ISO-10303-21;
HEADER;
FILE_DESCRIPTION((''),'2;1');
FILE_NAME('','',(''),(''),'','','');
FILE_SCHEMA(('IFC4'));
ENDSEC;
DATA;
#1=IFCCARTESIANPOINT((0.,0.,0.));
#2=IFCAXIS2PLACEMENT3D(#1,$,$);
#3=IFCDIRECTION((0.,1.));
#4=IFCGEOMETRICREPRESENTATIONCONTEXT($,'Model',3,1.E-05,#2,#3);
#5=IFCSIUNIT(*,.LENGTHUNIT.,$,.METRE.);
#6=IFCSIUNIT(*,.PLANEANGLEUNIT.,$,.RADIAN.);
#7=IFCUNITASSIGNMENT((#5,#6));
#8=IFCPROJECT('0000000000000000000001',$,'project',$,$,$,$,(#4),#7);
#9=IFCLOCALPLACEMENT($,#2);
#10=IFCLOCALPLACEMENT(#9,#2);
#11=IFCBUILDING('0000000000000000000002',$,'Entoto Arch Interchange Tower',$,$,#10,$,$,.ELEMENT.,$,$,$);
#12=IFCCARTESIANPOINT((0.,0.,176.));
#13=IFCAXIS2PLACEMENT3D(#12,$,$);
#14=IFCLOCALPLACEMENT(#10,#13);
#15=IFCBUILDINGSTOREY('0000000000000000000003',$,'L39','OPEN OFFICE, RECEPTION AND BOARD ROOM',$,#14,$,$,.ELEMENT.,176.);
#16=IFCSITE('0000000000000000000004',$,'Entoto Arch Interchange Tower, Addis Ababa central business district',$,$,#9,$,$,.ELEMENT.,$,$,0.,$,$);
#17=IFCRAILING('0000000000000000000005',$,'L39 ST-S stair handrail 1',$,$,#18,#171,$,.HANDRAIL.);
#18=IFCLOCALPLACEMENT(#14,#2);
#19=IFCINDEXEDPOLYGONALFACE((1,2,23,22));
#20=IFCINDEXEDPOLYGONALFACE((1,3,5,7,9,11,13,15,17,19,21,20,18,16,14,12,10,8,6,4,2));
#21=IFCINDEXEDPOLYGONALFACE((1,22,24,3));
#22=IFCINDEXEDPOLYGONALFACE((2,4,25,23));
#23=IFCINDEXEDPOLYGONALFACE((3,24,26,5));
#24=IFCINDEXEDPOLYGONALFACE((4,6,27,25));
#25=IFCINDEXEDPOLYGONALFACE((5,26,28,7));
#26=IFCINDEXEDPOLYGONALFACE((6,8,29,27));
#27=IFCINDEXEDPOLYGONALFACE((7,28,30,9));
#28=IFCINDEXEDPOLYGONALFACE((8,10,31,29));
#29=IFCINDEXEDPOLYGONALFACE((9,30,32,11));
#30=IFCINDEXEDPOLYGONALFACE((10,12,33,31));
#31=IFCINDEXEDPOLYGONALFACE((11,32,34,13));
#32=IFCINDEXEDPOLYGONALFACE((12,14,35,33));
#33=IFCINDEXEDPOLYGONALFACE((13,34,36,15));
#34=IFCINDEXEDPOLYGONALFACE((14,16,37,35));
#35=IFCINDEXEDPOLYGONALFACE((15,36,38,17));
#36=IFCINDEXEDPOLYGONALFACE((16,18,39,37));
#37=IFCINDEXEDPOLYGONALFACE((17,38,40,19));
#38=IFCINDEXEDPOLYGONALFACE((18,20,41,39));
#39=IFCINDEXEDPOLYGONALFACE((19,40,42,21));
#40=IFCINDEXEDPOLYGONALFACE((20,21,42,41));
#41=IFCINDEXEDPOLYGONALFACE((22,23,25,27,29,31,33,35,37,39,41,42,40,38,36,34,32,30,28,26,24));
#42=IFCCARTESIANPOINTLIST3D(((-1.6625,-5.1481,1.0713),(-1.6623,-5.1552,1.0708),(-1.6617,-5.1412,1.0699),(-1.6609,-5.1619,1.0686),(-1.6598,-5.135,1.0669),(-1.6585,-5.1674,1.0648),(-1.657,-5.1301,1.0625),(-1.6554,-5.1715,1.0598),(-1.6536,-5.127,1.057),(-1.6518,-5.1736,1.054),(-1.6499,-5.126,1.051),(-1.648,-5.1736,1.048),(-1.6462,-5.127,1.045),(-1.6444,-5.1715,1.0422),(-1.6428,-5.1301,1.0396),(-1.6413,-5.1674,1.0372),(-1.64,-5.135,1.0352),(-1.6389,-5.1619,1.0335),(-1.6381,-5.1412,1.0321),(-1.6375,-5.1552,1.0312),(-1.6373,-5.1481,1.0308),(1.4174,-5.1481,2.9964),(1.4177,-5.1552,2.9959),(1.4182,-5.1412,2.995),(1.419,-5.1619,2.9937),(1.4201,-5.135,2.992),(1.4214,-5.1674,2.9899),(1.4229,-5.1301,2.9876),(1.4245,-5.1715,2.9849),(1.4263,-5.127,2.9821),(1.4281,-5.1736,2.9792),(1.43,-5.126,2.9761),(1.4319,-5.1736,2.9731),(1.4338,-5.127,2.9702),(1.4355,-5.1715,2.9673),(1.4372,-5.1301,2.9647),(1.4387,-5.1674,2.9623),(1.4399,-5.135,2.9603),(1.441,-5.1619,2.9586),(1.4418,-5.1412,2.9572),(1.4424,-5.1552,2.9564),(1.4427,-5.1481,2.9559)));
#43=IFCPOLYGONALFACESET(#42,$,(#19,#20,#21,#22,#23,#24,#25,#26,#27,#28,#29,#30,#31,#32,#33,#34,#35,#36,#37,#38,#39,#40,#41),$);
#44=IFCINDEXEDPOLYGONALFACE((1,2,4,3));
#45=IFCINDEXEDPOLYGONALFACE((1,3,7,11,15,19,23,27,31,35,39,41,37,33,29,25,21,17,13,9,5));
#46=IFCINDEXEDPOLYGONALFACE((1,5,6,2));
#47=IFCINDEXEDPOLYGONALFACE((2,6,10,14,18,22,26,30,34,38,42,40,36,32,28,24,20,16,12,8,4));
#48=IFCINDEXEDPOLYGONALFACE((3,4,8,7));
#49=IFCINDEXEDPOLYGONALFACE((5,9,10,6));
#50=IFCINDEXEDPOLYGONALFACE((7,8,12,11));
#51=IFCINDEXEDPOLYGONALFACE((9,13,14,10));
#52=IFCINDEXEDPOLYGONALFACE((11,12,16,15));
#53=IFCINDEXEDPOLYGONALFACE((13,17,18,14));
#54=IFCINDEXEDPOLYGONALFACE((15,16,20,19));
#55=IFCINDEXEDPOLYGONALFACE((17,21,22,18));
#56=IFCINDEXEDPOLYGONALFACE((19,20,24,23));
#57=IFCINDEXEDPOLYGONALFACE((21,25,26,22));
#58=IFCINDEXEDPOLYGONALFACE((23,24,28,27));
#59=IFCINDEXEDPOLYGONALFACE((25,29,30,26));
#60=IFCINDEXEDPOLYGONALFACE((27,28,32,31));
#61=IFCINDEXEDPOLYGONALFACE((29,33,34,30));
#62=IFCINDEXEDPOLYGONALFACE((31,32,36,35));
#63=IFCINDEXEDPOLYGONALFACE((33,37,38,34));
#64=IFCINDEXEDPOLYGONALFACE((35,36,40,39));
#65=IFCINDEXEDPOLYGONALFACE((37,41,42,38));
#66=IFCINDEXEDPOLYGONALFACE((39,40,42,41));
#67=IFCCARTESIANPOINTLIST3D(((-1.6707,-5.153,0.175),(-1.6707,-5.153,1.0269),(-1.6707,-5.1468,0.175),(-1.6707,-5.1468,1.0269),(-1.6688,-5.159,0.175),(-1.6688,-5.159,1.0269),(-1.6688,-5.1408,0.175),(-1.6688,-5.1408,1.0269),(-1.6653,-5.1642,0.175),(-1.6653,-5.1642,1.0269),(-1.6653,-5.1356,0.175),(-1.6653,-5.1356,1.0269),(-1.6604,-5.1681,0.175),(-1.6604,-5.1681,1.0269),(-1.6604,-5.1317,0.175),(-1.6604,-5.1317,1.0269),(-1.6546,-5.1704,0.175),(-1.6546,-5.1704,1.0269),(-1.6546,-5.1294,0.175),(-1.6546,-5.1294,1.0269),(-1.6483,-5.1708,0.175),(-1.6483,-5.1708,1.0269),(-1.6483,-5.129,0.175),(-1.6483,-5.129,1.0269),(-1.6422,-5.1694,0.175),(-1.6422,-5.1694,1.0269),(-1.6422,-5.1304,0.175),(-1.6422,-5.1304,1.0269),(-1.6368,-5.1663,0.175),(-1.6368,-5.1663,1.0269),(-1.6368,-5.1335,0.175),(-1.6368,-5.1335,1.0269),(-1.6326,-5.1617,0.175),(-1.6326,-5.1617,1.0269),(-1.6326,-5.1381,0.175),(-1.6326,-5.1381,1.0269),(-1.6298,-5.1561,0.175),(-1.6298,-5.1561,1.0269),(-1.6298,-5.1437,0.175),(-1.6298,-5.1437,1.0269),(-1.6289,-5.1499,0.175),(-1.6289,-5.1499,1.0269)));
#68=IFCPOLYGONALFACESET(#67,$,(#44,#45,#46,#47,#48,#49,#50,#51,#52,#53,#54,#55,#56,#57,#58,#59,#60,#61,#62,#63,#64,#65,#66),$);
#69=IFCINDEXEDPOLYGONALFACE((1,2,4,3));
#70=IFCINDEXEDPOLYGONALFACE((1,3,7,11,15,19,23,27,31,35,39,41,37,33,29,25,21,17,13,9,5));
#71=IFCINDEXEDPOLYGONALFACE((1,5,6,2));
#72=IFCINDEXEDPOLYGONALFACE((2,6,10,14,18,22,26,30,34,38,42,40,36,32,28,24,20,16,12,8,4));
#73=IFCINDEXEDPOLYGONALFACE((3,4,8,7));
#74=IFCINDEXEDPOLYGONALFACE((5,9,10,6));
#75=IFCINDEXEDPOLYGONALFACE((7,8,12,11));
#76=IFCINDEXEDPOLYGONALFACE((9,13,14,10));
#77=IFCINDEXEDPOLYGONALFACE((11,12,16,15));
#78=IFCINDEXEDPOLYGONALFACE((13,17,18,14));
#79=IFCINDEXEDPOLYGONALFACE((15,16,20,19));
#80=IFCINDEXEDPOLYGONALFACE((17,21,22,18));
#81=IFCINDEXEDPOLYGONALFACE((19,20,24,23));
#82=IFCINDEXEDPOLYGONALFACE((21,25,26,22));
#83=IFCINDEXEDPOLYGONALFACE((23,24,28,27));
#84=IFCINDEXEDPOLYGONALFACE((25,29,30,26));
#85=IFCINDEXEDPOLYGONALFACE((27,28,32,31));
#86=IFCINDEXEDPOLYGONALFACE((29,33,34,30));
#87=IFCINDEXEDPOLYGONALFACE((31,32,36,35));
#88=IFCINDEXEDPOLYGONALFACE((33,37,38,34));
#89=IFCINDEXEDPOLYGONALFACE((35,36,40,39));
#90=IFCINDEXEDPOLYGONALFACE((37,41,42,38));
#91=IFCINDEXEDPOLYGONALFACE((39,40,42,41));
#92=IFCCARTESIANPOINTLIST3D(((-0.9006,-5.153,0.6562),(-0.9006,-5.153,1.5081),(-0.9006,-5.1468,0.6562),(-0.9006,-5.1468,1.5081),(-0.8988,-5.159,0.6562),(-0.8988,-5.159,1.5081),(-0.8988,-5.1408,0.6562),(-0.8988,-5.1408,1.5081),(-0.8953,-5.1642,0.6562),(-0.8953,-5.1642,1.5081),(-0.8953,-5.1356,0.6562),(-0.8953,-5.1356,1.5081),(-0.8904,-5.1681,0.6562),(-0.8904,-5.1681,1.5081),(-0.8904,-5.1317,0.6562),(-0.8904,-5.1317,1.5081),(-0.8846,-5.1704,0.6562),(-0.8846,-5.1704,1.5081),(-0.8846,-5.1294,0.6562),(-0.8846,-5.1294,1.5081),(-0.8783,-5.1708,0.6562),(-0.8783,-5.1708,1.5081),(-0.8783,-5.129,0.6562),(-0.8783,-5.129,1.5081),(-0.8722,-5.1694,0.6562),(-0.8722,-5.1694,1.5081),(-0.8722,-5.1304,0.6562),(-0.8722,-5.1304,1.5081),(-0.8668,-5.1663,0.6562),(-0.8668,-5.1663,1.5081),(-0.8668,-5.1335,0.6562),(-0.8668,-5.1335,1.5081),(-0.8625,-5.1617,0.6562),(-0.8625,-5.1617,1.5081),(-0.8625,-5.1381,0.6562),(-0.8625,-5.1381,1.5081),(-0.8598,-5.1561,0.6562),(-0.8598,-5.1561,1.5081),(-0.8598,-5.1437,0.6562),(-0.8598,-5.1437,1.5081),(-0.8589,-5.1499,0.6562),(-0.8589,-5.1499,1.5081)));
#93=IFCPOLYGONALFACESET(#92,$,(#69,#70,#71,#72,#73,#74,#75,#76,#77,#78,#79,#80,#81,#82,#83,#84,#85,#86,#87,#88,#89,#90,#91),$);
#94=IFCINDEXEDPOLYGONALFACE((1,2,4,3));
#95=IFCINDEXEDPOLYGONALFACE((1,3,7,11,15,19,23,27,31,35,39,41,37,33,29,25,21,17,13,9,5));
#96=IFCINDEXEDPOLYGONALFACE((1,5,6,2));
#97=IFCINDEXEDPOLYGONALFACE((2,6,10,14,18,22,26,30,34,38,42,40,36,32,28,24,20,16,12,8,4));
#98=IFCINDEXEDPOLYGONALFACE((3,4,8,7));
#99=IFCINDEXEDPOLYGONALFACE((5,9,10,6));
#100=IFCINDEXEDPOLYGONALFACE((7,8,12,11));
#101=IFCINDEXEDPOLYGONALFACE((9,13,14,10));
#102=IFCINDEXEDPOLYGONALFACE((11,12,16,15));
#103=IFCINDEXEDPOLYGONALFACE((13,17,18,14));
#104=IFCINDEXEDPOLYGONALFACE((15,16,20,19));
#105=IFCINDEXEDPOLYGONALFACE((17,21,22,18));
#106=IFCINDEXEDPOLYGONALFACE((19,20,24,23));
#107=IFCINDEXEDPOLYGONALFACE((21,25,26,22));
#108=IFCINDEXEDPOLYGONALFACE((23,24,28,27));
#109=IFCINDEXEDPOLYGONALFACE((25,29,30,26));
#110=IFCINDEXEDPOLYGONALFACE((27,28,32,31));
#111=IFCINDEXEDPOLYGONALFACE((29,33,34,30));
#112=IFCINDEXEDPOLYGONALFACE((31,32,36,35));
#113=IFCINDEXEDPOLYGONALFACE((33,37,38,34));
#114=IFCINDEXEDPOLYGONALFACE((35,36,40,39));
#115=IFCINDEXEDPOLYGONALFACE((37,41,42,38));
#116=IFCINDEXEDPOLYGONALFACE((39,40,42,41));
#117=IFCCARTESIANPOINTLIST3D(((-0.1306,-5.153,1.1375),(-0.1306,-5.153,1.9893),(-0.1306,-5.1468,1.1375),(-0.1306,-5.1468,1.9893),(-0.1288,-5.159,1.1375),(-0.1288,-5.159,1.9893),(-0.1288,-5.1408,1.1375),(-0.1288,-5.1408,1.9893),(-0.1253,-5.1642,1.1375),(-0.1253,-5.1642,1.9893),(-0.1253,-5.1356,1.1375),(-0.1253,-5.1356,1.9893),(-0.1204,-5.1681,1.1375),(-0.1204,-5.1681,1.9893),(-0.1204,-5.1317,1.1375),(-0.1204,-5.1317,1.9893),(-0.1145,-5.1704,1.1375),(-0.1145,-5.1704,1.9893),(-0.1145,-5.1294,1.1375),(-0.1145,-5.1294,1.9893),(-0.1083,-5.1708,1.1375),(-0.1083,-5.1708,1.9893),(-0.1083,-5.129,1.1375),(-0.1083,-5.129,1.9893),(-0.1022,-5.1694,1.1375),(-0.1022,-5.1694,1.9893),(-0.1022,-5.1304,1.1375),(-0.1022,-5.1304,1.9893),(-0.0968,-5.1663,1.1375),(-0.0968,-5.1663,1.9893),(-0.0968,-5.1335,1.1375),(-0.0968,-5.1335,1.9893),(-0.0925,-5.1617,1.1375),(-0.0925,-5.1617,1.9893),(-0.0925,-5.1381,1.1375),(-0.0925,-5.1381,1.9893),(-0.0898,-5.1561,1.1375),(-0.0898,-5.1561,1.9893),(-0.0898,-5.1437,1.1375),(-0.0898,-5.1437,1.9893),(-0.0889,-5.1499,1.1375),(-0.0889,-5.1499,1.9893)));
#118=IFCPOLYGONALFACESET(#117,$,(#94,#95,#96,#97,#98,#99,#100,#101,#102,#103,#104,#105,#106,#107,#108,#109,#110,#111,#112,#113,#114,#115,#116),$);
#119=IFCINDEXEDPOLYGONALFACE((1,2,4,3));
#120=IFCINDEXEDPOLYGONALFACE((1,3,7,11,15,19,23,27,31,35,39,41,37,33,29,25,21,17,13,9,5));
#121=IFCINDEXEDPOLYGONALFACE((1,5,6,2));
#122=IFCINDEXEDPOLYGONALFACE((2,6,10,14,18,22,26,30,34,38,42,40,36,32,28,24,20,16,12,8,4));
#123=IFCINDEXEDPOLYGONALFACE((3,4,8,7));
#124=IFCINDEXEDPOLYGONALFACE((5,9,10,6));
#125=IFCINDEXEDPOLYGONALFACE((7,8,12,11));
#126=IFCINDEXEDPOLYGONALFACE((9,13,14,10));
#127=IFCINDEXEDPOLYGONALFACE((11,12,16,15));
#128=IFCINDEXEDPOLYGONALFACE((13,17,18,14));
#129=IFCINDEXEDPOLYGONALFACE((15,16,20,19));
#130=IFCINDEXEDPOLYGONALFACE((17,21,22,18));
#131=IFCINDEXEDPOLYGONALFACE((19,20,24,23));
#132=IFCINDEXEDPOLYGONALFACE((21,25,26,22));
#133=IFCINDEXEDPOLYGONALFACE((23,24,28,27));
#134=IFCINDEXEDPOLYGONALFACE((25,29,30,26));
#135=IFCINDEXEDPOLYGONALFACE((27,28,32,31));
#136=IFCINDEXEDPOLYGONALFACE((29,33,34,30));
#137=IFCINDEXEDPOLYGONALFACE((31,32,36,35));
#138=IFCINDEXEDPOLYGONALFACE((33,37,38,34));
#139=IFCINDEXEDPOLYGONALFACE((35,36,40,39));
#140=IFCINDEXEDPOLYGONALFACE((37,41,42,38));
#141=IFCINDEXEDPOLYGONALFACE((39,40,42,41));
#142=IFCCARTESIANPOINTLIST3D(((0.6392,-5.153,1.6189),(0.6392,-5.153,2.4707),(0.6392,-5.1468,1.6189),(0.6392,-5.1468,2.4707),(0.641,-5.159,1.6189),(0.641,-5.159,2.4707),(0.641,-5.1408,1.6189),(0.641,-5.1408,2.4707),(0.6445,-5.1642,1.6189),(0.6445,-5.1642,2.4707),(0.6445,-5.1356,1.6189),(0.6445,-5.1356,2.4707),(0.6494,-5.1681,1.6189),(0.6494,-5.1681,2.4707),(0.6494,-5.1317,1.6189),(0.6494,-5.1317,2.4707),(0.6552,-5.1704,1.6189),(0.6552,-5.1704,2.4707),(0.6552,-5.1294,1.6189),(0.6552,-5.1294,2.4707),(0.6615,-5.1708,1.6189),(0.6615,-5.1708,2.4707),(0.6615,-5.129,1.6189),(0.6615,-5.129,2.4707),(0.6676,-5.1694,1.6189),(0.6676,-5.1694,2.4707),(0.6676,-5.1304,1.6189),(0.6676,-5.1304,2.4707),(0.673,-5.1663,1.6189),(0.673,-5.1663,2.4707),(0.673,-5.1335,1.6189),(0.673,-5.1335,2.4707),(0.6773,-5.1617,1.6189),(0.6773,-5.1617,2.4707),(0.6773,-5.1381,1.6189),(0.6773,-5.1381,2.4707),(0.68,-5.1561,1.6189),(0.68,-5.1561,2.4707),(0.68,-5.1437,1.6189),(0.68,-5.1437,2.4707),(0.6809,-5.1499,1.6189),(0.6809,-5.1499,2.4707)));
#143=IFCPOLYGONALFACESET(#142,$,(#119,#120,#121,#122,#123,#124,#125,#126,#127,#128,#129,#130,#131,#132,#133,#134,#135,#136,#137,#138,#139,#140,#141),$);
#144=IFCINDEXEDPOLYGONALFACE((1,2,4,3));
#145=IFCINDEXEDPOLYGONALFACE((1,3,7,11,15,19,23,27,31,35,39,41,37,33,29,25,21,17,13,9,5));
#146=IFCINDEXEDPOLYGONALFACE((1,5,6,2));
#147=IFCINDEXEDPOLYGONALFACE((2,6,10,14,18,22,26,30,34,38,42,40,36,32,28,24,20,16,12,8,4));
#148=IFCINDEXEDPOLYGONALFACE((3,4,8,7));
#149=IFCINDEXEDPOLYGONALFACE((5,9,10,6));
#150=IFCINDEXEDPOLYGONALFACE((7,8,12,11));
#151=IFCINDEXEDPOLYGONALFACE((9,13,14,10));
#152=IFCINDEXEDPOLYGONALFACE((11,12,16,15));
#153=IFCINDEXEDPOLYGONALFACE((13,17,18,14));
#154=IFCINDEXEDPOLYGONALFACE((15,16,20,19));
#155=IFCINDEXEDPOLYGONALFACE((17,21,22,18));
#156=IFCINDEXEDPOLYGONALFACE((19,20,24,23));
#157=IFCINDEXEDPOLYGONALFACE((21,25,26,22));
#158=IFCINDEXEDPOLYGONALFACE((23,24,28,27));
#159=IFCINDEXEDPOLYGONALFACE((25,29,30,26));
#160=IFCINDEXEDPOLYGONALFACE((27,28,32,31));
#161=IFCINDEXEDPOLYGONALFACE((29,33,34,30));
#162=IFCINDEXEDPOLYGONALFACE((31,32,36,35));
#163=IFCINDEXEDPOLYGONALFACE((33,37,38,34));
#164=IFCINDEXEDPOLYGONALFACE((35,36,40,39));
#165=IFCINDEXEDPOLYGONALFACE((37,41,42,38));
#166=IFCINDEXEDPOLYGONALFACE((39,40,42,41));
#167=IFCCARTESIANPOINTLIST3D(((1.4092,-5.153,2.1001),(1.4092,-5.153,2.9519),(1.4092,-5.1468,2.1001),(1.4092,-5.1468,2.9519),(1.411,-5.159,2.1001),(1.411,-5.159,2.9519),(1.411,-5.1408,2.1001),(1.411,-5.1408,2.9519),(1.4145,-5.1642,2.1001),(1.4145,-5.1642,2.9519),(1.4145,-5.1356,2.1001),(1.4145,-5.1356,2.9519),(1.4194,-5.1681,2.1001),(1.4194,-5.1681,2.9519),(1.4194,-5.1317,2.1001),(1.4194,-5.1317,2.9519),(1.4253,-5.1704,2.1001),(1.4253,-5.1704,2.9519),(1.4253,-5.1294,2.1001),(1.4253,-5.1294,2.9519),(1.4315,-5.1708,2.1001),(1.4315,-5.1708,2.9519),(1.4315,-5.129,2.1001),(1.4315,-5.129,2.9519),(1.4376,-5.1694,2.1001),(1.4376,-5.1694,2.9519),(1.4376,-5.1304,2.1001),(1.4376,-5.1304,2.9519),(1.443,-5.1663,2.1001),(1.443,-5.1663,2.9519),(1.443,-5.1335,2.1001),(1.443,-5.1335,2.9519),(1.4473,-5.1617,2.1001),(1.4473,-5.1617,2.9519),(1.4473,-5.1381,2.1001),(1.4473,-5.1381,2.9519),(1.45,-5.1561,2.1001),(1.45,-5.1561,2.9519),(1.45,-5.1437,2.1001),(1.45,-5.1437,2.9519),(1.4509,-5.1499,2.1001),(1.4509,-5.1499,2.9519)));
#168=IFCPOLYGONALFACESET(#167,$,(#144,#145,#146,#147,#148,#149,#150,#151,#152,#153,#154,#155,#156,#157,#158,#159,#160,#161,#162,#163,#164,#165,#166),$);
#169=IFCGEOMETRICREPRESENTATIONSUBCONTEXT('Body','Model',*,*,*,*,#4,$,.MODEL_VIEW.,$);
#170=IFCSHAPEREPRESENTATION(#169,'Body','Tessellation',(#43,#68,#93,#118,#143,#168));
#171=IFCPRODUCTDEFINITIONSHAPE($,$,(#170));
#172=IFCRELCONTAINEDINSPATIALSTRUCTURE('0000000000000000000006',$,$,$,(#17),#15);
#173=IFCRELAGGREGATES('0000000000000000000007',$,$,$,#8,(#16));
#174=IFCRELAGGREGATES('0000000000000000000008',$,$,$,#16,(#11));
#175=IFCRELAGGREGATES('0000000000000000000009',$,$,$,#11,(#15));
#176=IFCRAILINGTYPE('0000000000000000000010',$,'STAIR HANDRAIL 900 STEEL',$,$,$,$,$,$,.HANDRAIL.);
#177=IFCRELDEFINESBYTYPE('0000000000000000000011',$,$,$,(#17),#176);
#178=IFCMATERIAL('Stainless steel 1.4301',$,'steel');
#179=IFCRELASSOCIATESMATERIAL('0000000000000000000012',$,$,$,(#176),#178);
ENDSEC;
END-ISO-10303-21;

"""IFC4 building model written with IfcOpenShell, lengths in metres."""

from ifc_helpers import new_model, si_unit, direction, frame, origin, origin_2d, place, context, subcontext, project, spatial, circle, extrude, material, type_object, element, save


model = new_model("IFC4")

# Units and contexts
model_context = context("Model", 3, precision=1e-05, world=origin(), true_north=direction((0.0, 1.0)))
body_context = subcontext(model_context, "Body", "Model", "MODEL_VIEW")
ifc_project = project(units=[si_unit("LENGTHUNIT", "METRE"), si_unit("PLANEANGLEUNIT", "RADIAN")], contexts=[model_context])

# Site, building, storey
site_placement = place(None, origin())
site = spatial("IfcSite", under=ifc_project, at=site_placement, Name="Entoto Arch Interchange Tower, Addis Ababa central business district", CompositionType="ELEMENT", RefElevation=0.0)
building_placement = place(site_placement, origin())
building = spatial("IfcBuilding", under=site, at=building_placement, Name="Entoto Arch Interchange Tower", CompositionType="ELEMENT")
storey_placement = place(building_placement, frame((0.0, 0.0, 176.0)))
storey = spatial("IfcBuildingStorey", under=building, at=storey_placement, Name="L39", Description="OPEN OFFICE, RECEPTION AND BOARD ROOM", CompositionType="ELEMENT", Elevation=176.0)

# Railing
ifc_material_1 = material(Name="Stainless steel 1.4301", Category="steel")
railing_type_1 = type_object("IfcRailingType", Name="STAIR HANDRAIL 900 STEEL", PredefinedType="HANDRAIL", material=ifc_material_1)
railing_1_placement = place(storey_placement, frame((-1.6499, -5.1499, 0.175)))
element("IfcRailing", 1, at=railing_1_placement, inside=storey, type_object=railing_type_1, Name="L39 ST-S stair handrail 1", PredefinedType="HANDRAIL", context=body_context, shape_type="SweptSolid", body=[
    extrude(circle(Radius=0.0239, at=origin_2d()), frame((0.0, 0.0, 0.876), z_axis=(0.847979, 0.0, 0.530029), x_axis=(0.0, 1.0, 0.0)), (0.0, 0.0, 1.0), 3.6321),
    extrude(circle(Radius=0.021, at=origin_2d()), origin(), (0.0, 0.0, 1.0), 0.8518),
    extrude(circle(Radius=0.021, at=origin_2d()), frame((0.77, 0.0, 0.4812)), (0.0, 0.0, 1.0), 0.8518),
    extrude(circle(Radius=0.021, at=origin_2d()), frame((1.54, 0.0, 0.9624)), (0.0, 0.0, 1.0), 0.8518),
    extrude(circle(Radius=0.021, at=origin_2d()), frame((2.3098, 0.0, 1.4438)), (0.0, 0.0, 1.0), 0.8518),
    extrude(circle(Radius=0.021, at=origin_2d()), frame((3.0798, 0.0, 1.925)), (0.0, 0.0, 1.0), 0.8518),
])

save(model, "model.ifc")
